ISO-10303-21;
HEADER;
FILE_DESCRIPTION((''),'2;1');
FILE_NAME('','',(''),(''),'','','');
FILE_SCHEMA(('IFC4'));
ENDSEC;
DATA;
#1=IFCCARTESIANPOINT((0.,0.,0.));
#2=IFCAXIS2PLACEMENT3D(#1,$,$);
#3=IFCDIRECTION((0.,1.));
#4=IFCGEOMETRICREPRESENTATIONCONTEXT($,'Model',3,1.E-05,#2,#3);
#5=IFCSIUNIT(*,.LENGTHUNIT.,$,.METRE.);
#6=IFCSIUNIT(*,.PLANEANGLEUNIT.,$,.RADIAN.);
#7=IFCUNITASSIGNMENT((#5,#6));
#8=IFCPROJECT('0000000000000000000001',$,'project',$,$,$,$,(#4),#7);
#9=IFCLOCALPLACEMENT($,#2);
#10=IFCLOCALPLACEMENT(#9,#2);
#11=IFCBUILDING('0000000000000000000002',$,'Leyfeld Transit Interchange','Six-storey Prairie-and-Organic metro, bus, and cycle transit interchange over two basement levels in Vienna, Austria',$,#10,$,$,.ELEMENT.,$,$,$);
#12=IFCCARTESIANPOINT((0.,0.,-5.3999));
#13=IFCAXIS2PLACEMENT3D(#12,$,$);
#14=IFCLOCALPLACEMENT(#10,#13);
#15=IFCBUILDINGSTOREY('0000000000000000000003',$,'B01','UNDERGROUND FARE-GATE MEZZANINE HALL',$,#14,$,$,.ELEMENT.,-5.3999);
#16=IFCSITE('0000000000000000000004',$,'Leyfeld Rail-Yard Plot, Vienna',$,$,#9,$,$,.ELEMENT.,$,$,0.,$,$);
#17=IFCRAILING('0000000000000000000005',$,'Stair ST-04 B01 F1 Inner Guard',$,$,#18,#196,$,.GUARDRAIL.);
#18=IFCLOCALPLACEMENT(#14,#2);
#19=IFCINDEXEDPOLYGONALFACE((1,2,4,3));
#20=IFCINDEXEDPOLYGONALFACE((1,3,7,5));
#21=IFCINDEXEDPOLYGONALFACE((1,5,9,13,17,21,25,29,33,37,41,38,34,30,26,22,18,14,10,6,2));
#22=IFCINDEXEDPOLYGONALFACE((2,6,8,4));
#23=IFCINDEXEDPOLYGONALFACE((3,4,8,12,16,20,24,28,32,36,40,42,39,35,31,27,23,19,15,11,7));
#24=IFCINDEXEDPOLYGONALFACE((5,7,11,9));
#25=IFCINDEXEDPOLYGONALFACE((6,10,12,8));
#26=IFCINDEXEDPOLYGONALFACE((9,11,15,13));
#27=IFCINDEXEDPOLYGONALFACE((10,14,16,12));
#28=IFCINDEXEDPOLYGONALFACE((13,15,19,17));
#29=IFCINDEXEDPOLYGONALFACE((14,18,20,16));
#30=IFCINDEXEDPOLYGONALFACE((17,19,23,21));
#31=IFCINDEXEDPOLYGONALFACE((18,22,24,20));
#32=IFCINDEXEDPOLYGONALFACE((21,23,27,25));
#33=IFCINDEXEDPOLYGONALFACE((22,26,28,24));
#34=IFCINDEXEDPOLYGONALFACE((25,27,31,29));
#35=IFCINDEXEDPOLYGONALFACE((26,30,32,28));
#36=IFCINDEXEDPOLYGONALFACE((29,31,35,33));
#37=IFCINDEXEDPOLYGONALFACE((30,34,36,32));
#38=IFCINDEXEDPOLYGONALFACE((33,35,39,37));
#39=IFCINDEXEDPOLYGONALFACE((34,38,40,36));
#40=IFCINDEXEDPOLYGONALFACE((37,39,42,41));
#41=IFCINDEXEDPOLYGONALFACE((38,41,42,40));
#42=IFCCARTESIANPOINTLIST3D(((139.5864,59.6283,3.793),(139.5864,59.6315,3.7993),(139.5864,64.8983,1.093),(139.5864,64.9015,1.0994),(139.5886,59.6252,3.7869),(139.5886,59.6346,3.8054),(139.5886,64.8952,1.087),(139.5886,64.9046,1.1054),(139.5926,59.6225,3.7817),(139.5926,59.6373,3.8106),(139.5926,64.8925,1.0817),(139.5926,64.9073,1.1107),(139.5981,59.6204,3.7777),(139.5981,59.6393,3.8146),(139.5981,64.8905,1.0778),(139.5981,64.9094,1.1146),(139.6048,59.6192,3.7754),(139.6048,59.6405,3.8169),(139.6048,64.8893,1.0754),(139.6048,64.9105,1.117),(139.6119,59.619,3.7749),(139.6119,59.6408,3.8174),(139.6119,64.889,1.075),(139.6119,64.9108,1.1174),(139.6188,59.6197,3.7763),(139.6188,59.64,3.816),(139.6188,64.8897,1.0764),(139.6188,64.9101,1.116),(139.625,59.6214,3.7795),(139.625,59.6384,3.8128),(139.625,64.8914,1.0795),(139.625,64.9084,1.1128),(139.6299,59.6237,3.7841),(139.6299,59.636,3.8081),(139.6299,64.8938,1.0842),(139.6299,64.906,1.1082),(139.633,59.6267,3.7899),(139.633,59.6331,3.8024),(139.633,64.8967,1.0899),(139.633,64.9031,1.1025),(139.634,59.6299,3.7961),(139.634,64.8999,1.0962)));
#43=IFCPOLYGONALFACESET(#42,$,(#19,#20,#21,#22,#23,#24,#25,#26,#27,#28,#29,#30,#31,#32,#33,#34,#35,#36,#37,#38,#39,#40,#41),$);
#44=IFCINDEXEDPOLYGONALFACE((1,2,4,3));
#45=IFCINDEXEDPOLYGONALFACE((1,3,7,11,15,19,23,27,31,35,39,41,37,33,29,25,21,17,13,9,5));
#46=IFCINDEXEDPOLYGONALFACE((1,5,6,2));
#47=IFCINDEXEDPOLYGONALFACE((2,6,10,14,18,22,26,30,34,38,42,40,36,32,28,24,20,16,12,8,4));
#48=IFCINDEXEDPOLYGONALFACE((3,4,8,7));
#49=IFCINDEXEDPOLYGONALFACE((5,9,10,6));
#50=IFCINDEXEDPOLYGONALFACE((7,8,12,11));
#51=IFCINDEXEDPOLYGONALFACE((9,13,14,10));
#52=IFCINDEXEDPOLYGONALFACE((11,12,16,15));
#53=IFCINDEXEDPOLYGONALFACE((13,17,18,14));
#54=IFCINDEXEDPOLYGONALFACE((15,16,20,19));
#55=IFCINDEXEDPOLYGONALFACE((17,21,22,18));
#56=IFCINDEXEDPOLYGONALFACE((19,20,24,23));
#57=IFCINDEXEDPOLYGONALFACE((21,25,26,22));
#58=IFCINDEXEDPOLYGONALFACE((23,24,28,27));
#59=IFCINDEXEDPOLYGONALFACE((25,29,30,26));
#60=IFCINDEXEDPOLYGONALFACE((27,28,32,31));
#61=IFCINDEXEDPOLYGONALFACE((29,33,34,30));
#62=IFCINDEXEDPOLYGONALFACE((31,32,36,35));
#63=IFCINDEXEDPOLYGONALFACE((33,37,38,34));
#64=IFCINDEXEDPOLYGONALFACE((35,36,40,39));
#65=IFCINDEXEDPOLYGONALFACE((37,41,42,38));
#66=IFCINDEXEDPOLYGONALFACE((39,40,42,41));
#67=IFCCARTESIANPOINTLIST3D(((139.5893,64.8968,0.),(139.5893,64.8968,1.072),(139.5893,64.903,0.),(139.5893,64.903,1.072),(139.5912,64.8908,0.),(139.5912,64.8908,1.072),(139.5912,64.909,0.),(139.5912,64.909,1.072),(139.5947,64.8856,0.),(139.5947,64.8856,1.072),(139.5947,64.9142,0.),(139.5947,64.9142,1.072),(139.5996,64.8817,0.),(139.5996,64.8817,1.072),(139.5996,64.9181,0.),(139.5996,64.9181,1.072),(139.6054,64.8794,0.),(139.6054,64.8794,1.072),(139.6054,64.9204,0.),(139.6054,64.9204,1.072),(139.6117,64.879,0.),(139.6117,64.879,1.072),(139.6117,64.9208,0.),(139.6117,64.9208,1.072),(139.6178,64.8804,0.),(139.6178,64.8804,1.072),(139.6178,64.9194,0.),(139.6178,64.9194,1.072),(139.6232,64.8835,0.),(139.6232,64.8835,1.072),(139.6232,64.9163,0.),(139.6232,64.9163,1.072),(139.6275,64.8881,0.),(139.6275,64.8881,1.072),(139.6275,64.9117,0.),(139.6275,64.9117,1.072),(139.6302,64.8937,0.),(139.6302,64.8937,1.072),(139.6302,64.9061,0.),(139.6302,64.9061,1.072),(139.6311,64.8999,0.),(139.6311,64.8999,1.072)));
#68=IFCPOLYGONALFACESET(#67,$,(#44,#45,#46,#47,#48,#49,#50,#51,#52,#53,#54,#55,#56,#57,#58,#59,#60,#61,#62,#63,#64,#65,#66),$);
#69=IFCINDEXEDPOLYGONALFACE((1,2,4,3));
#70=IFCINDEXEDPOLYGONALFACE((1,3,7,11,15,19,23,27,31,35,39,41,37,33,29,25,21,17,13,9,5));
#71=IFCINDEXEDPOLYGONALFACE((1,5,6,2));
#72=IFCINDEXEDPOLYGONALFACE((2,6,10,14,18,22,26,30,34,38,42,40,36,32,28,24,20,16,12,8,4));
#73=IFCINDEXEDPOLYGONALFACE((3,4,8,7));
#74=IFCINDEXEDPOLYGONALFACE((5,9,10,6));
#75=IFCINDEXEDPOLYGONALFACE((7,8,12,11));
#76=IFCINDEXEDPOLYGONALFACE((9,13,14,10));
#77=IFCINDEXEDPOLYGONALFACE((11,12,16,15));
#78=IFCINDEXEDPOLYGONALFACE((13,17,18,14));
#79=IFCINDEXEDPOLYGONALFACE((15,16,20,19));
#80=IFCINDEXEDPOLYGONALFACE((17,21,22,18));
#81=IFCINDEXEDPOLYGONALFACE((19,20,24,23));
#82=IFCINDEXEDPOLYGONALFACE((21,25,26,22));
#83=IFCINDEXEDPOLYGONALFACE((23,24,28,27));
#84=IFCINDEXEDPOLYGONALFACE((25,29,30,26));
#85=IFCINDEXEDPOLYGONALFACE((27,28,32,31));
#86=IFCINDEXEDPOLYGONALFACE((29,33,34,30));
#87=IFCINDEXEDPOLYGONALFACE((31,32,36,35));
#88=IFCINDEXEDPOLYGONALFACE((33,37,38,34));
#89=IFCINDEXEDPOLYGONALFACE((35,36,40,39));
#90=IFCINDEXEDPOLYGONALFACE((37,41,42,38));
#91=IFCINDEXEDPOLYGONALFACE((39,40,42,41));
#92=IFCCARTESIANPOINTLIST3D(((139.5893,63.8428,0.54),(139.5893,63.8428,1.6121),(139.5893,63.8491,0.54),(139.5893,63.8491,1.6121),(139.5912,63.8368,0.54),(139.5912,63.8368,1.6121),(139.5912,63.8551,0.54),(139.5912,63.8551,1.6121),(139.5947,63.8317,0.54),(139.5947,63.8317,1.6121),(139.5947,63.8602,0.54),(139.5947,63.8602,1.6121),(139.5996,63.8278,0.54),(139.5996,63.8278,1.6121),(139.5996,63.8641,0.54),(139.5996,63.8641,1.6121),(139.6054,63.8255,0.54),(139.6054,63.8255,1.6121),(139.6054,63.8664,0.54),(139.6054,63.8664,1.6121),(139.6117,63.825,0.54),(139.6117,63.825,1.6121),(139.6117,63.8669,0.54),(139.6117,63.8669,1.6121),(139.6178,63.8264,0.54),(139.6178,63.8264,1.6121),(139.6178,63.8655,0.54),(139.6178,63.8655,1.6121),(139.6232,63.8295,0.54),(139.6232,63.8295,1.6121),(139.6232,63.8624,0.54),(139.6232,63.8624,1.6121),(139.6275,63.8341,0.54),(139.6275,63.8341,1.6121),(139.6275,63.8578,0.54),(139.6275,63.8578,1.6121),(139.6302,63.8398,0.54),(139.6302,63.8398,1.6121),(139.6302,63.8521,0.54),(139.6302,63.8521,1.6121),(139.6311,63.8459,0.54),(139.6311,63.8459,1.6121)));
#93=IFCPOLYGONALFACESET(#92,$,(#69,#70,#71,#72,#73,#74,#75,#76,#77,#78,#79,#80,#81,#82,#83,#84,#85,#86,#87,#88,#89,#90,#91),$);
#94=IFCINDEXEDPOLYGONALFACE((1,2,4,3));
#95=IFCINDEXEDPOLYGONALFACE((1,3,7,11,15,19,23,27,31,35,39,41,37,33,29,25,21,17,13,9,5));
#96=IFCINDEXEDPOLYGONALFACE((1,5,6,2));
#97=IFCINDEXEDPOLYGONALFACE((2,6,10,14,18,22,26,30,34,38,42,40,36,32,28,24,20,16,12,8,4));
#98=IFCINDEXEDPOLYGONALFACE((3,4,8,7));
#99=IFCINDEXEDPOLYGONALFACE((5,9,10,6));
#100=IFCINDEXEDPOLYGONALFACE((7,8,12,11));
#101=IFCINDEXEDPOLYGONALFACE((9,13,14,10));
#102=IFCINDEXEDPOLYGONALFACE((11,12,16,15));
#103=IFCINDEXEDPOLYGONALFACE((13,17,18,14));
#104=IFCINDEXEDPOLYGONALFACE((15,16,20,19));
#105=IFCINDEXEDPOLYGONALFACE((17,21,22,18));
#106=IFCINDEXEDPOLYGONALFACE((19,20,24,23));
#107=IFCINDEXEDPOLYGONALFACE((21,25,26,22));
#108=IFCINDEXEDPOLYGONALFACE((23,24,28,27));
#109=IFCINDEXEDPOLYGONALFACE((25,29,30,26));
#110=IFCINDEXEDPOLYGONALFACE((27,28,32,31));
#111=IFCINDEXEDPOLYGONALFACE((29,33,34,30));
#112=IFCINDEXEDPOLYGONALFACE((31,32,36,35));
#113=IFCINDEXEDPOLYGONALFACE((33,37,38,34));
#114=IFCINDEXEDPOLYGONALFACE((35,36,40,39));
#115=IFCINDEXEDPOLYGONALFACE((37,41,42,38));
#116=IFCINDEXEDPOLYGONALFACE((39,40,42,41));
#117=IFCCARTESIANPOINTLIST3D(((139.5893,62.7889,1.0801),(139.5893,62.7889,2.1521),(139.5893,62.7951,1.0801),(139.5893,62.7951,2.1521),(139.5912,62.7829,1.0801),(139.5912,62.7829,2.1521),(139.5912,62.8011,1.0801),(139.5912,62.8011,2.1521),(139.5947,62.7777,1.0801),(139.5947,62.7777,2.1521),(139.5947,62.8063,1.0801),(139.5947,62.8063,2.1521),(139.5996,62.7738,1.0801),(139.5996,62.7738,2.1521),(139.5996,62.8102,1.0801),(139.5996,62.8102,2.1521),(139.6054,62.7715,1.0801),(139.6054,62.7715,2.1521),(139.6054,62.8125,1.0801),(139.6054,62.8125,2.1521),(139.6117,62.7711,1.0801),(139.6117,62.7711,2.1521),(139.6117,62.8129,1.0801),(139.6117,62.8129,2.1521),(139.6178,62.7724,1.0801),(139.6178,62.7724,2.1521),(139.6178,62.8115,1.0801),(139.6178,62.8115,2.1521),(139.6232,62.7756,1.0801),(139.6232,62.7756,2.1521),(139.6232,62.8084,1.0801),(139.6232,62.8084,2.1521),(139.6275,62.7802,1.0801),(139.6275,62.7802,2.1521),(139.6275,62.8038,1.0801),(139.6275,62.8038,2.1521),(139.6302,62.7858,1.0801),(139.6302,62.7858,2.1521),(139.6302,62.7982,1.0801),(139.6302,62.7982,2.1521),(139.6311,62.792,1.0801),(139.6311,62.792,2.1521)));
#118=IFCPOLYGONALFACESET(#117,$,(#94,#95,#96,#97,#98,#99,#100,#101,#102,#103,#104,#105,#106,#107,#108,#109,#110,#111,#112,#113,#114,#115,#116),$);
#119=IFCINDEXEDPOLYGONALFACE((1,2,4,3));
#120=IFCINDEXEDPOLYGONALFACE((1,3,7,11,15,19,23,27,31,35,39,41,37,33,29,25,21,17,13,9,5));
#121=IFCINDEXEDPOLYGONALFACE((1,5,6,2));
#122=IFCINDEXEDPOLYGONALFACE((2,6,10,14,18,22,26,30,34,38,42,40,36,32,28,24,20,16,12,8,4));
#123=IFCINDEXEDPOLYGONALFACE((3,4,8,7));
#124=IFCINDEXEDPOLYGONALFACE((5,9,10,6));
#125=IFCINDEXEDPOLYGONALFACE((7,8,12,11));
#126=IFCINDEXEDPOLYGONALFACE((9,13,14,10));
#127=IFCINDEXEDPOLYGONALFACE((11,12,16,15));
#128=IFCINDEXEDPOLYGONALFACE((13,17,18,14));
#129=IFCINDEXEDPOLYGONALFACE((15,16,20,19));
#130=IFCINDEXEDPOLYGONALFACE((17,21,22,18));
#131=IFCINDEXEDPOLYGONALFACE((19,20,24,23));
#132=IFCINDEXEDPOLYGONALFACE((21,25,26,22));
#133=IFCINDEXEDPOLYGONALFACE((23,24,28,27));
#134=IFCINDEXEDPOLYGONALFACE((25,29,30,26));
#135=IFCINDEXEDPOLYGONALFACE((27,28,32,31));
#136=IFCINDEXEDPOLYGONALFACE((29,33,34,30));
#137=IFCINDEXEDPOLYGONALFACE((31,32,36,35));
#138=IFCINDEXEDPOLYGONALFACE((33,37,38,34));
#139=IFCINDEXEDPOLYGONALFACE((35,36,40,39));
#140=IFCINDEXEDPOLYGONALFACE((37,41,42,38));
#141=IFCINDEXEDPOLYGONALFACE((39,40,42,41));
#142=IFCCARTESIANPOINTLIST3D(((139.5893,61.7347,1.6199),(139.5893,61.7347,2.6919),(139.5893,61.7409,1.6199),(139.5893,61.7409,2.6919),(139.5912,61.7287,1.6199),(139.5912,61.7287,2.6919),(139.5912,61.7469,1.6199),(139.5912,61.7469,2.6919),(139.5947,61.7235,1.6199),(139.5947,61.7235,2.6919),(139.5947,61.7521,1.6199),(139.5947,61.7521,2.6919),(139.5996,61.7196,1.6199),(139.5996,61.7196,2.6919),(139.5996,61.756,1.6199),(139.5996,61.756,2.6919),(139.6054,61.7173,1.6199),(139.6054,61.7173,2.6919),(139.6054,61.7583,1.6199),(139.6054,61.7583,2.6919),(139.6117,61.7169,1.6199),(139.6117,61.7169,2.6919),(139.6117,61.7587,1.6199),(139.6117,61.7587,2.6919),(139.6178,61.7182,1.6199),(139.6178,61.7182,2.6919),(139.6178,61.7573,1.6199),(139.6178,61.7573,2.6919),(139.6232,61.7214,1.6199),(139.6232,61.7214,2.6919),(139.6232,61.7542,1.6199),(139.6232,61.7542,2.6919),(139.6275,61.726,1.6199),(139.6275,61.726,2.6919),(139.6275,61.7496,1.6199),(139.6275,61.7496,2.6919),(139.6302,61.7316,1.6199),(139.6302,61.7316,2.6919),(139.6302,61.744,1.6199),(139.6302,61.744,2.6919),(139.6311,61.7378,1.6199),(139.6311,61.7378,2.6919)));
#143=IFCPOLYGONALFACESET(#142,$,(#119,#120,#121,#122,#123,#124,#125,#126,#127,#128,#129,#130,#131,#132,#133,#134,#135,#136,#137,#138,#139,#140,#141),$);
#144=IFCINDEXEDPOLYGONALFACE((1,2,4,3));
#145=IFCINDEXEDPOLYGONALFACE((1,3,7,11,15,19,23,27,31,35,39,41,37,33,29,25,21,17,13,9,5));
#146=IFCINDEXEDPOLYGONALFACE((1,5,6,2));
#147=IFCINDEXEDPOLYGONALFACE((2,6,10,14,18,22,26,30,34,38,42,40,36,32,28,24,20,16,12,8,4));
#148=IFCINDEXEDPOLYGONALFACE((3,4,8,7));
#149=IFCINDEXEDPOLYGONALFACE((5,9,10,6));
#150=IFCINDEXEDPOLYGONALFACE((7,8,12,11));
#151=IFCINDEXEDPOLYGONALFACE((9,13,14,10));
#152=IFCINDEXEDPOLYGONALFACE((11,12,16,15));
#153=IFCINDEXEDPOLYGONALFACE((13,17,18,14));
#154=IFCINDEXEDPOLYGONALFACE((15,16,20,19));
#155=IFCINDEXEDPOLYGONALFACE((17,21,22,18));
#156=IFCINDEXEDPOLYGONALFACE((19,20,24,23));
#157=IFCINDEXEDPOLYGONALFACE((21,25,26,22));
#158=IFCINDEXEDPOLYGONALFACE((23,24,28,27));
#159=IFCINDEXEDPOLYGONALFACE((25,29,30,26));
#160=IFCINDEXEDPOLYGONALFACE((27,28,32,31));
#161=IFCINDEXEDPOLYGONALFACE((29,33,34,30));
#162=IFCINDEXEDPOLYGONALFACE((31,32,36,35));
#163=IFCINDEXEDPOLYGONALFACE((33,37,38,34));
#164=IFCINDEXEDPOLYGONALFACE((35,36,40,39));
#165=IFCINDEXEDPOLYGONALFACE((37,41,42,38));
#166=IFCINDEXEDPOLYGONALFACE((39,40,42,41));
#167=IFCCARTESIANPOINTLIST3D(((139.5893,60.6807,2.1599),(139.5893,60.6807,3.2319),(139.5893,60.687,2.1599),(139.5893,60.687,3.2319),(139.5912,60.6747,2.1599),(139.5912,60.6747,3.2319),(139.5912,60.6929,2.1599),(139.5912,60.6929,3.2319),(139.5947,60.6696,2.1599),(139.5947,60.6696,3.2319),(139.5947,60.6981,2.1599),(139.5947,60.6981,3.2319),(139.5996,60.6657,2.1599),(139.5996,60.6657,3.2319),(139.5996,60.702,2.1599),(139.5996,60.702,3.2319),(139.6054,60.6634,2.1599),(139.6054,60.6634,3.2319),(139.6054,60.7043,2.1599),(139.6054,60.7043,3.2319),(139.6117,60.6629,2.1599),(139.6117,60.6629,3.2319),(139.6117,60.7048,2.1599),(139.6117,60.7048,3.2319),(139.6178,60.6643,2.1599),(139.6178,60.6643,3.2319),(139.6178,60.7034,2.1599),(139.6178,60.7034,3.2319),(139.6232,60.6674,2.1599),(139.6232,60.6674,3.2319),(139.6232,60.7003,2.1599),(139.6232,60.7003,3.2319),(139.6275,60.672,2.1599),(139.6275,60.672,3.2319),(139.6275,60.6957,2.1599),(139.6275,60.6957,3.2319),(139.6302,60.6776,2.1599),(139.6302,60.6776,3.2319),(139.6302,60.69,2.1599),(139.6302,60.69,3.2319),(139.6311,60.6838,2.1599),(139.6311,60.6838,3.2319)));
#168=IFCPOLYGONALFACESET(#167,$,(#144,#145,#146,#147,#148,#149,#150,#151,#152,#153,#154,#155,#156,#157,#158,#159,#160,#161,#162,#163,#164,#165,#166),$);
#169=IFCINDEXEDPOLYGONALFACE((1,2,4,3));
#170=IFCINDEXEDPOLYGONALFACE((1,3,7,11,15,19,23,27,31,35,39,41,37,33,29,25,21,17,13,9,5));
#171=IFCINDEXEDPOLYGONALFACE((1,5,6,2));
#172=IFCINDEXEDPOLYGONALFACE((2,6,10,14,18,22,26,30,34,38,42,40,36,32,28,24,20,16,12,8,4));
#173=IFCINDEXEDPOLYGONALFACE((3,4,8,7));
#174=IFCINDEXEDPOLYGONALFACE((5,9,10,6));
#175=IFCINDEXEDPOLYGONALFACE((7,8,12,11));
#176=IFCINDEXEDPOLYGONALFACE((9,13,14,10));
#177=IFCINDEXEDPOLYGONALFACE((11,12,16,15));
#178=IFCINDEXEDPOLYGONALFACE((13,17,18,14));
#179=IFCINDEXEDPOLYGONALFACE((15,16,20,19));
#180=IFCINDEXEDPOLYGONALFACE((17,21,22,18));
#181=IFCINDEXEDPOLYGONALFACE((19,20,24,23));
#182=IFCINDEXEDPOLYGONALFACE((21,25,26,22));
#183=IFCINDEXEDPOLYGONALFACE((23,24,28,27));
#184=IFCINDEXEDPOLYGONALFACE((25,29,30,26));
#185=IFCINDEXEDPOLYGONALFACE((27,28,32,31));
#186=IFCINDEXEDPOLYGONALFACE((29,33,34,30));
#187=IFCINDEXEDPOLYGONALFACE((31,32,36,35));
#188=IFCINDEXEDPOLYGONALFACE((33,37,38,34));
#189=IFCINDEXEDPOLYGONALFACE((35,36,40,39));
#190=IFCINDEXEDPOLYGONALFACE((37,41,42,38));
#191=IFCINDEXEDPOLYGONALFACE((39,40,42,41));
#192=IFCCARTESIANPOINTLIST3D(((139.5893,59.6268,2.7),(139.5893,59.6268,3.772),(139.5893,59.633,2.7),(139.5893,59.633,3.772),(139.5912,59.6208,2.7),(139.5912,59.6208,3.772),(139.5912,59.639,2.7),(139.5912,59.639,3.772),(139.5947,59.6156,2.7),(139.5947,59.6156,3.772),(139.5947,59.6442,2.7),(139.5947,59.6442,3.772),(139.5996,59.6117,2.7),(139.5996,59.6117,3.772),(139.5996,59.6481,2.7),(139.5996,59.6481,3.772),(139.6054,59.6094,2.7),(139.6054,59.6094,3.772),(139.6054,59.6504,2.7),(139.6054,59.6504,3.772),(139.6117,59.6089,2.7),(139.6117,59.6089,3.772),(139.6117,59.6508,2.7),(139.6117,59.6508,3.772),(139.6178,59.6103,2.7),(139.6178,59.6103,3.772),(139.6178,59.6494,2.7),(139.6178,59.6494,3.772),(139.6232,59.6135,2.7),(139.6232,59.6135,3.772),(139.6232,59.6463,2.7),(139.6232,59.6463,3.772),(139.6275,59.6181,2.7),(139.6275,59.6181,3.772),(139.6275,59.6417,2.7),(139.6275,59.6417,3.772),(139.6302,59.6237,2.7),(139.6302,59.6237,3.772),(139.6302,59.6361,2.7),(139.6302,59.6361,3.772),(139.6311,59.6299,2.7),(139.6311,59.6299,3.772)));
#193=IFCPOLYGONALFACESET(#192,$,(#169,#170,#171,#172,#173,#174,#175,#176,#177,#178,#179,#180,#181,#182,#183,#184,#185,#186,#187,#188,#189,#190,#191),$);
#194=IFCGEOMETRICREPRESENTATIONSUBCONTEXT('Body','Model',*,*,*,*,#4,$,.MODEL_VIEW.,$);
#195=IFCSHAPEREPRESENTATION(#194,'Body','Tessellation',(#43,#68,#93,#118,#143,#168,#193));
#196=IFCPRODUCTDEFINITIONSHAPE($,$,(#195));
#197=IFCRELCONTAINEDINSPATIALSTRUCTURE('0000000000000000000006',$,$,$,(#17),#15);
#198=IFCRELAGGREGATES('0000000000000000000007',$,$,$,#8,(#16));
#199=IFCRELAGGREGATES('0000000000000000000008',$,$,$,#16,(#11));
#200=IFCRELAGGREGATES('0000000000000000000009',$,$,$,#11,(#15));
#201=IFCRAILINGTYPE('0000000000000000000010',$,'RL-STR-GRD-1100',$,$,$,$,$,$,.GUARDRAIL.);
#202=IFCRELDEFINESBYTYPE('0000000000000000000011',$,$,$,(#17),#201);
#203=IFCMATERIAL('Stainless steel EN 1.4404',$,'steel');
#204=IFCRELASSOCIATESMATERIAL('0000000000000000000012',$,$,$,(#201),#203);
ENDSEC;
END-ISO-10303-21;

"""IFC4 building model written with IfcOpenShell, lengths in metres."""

from ifc_helpers import new_model, si_unit, direction, frame, origin, origin_2d, place, context, subcontext, project, spatial, circle, extrude, material, type_object, element, save


model = new_model("IFC4")

# Units and contexts
model_context = context("Model", 3, precision=1e-05, world=origin(), true_north=direction((0.0, 1.0)))
body_context = subcontext(model_context, "Body", "Model", "MODEL_VIEW")
ifc_project = project(units=[si_unit("LENGTHUNIT", "METRE"), si_unit("PLANEANGLEUNIT", "RADIAN")], contexts=[model_context])

# Site, building, storey
site_placement = place(None, origin())
site = spatial("IfcSite", under=ifc_project, at=site_placement, Name="Leyfeld Rail-Yard Plot, Vienna", CompositionType="ELEMENT", RefElevation=0.0)
building_placement = place(site_placement, origin())
building = spatial("IfcBuilding", under=site, at=building_placement, Name="Leyfeld Transit Interchange", Description="Six-storey Prairie-and-Organic metro, bus, and cycle transit interchange over two basement levels in Vienna, Austria", CompositionType="ELEMENT")
storey_placement = place(building_placement, frame((0.0, 0.0, -5.3999)))
storey = spatial("IfcBuildingStorey", under=building, at=storey_placement, Name="B01", Description="UNDERGROUND FARE-GATE MEZZANINE HALL", CompositionType="ELEMENT", Elevation=-5.3999)

# Shared definitions
ifc_material_1 = material(Name="Stainless steel EN 1.4404", Category="steel")

# Railing
railing_type = type_object("IfcRailingType", Name="RL-STR-GRD-1100", PredefinedType="GUARDRAIL", material=ifc_material_1)
railing_1_placement = place(storey_placement, frame((139.6101, 64.8999, 0.0)))
element("IfcRailing", 1, at=railing_1_placement, inside=storey, type_object=railing_type, Name="Stair ST-04 B01 F1 Inner Guard", PredefinedType="GUARDRAIL", context=body_context, shape_type="SweptSolid", body=[
    extrude(circle(Radius=0.0239, at=origin_2d()), frame((0.0, 0.0, 1.0962), z_axis=(0.0, -0.889997, 0.455966), x_axis=(1.0, 0.0, 0.0)), (0.0, 0.0, 1.0), 5.9214),
    extrude(circle(Radius=0.021, at=origin_2d()), origin(), (0.0, 0.0, 1.0), 1.072),
    extrude(circle(Radius=0.021, at=origin_2d()), frame((0.0, -1.054, 0.54)), (0.0, 0.0, 1.0), 1.072),
    extrude(circle(Radius=0.021, at=origin_2d()), frame((0.0, -2.1079, 1.0801)), (0.0, 0.0, 1.0), 1.072),
    extrude(circle(Radius=0.021, at=origin_2d()), frame((0.0, -3.1621, 1.6199)), (0.0, 0.0, 1.0), 1.072),
    extrude(circle(Radius=0.021, at=origin_2d()), frame((0.0, -4.2161, 2.1599)), (0.0, 0.0, 1.0), 1.072),
    extrude(circle(Radius=0.021, at=origin_2d()), frame((0.0, -5.27, 2.7)), (0.0, 0.0, 1.0), 1.072),
])

save(model, "model.ifc")
